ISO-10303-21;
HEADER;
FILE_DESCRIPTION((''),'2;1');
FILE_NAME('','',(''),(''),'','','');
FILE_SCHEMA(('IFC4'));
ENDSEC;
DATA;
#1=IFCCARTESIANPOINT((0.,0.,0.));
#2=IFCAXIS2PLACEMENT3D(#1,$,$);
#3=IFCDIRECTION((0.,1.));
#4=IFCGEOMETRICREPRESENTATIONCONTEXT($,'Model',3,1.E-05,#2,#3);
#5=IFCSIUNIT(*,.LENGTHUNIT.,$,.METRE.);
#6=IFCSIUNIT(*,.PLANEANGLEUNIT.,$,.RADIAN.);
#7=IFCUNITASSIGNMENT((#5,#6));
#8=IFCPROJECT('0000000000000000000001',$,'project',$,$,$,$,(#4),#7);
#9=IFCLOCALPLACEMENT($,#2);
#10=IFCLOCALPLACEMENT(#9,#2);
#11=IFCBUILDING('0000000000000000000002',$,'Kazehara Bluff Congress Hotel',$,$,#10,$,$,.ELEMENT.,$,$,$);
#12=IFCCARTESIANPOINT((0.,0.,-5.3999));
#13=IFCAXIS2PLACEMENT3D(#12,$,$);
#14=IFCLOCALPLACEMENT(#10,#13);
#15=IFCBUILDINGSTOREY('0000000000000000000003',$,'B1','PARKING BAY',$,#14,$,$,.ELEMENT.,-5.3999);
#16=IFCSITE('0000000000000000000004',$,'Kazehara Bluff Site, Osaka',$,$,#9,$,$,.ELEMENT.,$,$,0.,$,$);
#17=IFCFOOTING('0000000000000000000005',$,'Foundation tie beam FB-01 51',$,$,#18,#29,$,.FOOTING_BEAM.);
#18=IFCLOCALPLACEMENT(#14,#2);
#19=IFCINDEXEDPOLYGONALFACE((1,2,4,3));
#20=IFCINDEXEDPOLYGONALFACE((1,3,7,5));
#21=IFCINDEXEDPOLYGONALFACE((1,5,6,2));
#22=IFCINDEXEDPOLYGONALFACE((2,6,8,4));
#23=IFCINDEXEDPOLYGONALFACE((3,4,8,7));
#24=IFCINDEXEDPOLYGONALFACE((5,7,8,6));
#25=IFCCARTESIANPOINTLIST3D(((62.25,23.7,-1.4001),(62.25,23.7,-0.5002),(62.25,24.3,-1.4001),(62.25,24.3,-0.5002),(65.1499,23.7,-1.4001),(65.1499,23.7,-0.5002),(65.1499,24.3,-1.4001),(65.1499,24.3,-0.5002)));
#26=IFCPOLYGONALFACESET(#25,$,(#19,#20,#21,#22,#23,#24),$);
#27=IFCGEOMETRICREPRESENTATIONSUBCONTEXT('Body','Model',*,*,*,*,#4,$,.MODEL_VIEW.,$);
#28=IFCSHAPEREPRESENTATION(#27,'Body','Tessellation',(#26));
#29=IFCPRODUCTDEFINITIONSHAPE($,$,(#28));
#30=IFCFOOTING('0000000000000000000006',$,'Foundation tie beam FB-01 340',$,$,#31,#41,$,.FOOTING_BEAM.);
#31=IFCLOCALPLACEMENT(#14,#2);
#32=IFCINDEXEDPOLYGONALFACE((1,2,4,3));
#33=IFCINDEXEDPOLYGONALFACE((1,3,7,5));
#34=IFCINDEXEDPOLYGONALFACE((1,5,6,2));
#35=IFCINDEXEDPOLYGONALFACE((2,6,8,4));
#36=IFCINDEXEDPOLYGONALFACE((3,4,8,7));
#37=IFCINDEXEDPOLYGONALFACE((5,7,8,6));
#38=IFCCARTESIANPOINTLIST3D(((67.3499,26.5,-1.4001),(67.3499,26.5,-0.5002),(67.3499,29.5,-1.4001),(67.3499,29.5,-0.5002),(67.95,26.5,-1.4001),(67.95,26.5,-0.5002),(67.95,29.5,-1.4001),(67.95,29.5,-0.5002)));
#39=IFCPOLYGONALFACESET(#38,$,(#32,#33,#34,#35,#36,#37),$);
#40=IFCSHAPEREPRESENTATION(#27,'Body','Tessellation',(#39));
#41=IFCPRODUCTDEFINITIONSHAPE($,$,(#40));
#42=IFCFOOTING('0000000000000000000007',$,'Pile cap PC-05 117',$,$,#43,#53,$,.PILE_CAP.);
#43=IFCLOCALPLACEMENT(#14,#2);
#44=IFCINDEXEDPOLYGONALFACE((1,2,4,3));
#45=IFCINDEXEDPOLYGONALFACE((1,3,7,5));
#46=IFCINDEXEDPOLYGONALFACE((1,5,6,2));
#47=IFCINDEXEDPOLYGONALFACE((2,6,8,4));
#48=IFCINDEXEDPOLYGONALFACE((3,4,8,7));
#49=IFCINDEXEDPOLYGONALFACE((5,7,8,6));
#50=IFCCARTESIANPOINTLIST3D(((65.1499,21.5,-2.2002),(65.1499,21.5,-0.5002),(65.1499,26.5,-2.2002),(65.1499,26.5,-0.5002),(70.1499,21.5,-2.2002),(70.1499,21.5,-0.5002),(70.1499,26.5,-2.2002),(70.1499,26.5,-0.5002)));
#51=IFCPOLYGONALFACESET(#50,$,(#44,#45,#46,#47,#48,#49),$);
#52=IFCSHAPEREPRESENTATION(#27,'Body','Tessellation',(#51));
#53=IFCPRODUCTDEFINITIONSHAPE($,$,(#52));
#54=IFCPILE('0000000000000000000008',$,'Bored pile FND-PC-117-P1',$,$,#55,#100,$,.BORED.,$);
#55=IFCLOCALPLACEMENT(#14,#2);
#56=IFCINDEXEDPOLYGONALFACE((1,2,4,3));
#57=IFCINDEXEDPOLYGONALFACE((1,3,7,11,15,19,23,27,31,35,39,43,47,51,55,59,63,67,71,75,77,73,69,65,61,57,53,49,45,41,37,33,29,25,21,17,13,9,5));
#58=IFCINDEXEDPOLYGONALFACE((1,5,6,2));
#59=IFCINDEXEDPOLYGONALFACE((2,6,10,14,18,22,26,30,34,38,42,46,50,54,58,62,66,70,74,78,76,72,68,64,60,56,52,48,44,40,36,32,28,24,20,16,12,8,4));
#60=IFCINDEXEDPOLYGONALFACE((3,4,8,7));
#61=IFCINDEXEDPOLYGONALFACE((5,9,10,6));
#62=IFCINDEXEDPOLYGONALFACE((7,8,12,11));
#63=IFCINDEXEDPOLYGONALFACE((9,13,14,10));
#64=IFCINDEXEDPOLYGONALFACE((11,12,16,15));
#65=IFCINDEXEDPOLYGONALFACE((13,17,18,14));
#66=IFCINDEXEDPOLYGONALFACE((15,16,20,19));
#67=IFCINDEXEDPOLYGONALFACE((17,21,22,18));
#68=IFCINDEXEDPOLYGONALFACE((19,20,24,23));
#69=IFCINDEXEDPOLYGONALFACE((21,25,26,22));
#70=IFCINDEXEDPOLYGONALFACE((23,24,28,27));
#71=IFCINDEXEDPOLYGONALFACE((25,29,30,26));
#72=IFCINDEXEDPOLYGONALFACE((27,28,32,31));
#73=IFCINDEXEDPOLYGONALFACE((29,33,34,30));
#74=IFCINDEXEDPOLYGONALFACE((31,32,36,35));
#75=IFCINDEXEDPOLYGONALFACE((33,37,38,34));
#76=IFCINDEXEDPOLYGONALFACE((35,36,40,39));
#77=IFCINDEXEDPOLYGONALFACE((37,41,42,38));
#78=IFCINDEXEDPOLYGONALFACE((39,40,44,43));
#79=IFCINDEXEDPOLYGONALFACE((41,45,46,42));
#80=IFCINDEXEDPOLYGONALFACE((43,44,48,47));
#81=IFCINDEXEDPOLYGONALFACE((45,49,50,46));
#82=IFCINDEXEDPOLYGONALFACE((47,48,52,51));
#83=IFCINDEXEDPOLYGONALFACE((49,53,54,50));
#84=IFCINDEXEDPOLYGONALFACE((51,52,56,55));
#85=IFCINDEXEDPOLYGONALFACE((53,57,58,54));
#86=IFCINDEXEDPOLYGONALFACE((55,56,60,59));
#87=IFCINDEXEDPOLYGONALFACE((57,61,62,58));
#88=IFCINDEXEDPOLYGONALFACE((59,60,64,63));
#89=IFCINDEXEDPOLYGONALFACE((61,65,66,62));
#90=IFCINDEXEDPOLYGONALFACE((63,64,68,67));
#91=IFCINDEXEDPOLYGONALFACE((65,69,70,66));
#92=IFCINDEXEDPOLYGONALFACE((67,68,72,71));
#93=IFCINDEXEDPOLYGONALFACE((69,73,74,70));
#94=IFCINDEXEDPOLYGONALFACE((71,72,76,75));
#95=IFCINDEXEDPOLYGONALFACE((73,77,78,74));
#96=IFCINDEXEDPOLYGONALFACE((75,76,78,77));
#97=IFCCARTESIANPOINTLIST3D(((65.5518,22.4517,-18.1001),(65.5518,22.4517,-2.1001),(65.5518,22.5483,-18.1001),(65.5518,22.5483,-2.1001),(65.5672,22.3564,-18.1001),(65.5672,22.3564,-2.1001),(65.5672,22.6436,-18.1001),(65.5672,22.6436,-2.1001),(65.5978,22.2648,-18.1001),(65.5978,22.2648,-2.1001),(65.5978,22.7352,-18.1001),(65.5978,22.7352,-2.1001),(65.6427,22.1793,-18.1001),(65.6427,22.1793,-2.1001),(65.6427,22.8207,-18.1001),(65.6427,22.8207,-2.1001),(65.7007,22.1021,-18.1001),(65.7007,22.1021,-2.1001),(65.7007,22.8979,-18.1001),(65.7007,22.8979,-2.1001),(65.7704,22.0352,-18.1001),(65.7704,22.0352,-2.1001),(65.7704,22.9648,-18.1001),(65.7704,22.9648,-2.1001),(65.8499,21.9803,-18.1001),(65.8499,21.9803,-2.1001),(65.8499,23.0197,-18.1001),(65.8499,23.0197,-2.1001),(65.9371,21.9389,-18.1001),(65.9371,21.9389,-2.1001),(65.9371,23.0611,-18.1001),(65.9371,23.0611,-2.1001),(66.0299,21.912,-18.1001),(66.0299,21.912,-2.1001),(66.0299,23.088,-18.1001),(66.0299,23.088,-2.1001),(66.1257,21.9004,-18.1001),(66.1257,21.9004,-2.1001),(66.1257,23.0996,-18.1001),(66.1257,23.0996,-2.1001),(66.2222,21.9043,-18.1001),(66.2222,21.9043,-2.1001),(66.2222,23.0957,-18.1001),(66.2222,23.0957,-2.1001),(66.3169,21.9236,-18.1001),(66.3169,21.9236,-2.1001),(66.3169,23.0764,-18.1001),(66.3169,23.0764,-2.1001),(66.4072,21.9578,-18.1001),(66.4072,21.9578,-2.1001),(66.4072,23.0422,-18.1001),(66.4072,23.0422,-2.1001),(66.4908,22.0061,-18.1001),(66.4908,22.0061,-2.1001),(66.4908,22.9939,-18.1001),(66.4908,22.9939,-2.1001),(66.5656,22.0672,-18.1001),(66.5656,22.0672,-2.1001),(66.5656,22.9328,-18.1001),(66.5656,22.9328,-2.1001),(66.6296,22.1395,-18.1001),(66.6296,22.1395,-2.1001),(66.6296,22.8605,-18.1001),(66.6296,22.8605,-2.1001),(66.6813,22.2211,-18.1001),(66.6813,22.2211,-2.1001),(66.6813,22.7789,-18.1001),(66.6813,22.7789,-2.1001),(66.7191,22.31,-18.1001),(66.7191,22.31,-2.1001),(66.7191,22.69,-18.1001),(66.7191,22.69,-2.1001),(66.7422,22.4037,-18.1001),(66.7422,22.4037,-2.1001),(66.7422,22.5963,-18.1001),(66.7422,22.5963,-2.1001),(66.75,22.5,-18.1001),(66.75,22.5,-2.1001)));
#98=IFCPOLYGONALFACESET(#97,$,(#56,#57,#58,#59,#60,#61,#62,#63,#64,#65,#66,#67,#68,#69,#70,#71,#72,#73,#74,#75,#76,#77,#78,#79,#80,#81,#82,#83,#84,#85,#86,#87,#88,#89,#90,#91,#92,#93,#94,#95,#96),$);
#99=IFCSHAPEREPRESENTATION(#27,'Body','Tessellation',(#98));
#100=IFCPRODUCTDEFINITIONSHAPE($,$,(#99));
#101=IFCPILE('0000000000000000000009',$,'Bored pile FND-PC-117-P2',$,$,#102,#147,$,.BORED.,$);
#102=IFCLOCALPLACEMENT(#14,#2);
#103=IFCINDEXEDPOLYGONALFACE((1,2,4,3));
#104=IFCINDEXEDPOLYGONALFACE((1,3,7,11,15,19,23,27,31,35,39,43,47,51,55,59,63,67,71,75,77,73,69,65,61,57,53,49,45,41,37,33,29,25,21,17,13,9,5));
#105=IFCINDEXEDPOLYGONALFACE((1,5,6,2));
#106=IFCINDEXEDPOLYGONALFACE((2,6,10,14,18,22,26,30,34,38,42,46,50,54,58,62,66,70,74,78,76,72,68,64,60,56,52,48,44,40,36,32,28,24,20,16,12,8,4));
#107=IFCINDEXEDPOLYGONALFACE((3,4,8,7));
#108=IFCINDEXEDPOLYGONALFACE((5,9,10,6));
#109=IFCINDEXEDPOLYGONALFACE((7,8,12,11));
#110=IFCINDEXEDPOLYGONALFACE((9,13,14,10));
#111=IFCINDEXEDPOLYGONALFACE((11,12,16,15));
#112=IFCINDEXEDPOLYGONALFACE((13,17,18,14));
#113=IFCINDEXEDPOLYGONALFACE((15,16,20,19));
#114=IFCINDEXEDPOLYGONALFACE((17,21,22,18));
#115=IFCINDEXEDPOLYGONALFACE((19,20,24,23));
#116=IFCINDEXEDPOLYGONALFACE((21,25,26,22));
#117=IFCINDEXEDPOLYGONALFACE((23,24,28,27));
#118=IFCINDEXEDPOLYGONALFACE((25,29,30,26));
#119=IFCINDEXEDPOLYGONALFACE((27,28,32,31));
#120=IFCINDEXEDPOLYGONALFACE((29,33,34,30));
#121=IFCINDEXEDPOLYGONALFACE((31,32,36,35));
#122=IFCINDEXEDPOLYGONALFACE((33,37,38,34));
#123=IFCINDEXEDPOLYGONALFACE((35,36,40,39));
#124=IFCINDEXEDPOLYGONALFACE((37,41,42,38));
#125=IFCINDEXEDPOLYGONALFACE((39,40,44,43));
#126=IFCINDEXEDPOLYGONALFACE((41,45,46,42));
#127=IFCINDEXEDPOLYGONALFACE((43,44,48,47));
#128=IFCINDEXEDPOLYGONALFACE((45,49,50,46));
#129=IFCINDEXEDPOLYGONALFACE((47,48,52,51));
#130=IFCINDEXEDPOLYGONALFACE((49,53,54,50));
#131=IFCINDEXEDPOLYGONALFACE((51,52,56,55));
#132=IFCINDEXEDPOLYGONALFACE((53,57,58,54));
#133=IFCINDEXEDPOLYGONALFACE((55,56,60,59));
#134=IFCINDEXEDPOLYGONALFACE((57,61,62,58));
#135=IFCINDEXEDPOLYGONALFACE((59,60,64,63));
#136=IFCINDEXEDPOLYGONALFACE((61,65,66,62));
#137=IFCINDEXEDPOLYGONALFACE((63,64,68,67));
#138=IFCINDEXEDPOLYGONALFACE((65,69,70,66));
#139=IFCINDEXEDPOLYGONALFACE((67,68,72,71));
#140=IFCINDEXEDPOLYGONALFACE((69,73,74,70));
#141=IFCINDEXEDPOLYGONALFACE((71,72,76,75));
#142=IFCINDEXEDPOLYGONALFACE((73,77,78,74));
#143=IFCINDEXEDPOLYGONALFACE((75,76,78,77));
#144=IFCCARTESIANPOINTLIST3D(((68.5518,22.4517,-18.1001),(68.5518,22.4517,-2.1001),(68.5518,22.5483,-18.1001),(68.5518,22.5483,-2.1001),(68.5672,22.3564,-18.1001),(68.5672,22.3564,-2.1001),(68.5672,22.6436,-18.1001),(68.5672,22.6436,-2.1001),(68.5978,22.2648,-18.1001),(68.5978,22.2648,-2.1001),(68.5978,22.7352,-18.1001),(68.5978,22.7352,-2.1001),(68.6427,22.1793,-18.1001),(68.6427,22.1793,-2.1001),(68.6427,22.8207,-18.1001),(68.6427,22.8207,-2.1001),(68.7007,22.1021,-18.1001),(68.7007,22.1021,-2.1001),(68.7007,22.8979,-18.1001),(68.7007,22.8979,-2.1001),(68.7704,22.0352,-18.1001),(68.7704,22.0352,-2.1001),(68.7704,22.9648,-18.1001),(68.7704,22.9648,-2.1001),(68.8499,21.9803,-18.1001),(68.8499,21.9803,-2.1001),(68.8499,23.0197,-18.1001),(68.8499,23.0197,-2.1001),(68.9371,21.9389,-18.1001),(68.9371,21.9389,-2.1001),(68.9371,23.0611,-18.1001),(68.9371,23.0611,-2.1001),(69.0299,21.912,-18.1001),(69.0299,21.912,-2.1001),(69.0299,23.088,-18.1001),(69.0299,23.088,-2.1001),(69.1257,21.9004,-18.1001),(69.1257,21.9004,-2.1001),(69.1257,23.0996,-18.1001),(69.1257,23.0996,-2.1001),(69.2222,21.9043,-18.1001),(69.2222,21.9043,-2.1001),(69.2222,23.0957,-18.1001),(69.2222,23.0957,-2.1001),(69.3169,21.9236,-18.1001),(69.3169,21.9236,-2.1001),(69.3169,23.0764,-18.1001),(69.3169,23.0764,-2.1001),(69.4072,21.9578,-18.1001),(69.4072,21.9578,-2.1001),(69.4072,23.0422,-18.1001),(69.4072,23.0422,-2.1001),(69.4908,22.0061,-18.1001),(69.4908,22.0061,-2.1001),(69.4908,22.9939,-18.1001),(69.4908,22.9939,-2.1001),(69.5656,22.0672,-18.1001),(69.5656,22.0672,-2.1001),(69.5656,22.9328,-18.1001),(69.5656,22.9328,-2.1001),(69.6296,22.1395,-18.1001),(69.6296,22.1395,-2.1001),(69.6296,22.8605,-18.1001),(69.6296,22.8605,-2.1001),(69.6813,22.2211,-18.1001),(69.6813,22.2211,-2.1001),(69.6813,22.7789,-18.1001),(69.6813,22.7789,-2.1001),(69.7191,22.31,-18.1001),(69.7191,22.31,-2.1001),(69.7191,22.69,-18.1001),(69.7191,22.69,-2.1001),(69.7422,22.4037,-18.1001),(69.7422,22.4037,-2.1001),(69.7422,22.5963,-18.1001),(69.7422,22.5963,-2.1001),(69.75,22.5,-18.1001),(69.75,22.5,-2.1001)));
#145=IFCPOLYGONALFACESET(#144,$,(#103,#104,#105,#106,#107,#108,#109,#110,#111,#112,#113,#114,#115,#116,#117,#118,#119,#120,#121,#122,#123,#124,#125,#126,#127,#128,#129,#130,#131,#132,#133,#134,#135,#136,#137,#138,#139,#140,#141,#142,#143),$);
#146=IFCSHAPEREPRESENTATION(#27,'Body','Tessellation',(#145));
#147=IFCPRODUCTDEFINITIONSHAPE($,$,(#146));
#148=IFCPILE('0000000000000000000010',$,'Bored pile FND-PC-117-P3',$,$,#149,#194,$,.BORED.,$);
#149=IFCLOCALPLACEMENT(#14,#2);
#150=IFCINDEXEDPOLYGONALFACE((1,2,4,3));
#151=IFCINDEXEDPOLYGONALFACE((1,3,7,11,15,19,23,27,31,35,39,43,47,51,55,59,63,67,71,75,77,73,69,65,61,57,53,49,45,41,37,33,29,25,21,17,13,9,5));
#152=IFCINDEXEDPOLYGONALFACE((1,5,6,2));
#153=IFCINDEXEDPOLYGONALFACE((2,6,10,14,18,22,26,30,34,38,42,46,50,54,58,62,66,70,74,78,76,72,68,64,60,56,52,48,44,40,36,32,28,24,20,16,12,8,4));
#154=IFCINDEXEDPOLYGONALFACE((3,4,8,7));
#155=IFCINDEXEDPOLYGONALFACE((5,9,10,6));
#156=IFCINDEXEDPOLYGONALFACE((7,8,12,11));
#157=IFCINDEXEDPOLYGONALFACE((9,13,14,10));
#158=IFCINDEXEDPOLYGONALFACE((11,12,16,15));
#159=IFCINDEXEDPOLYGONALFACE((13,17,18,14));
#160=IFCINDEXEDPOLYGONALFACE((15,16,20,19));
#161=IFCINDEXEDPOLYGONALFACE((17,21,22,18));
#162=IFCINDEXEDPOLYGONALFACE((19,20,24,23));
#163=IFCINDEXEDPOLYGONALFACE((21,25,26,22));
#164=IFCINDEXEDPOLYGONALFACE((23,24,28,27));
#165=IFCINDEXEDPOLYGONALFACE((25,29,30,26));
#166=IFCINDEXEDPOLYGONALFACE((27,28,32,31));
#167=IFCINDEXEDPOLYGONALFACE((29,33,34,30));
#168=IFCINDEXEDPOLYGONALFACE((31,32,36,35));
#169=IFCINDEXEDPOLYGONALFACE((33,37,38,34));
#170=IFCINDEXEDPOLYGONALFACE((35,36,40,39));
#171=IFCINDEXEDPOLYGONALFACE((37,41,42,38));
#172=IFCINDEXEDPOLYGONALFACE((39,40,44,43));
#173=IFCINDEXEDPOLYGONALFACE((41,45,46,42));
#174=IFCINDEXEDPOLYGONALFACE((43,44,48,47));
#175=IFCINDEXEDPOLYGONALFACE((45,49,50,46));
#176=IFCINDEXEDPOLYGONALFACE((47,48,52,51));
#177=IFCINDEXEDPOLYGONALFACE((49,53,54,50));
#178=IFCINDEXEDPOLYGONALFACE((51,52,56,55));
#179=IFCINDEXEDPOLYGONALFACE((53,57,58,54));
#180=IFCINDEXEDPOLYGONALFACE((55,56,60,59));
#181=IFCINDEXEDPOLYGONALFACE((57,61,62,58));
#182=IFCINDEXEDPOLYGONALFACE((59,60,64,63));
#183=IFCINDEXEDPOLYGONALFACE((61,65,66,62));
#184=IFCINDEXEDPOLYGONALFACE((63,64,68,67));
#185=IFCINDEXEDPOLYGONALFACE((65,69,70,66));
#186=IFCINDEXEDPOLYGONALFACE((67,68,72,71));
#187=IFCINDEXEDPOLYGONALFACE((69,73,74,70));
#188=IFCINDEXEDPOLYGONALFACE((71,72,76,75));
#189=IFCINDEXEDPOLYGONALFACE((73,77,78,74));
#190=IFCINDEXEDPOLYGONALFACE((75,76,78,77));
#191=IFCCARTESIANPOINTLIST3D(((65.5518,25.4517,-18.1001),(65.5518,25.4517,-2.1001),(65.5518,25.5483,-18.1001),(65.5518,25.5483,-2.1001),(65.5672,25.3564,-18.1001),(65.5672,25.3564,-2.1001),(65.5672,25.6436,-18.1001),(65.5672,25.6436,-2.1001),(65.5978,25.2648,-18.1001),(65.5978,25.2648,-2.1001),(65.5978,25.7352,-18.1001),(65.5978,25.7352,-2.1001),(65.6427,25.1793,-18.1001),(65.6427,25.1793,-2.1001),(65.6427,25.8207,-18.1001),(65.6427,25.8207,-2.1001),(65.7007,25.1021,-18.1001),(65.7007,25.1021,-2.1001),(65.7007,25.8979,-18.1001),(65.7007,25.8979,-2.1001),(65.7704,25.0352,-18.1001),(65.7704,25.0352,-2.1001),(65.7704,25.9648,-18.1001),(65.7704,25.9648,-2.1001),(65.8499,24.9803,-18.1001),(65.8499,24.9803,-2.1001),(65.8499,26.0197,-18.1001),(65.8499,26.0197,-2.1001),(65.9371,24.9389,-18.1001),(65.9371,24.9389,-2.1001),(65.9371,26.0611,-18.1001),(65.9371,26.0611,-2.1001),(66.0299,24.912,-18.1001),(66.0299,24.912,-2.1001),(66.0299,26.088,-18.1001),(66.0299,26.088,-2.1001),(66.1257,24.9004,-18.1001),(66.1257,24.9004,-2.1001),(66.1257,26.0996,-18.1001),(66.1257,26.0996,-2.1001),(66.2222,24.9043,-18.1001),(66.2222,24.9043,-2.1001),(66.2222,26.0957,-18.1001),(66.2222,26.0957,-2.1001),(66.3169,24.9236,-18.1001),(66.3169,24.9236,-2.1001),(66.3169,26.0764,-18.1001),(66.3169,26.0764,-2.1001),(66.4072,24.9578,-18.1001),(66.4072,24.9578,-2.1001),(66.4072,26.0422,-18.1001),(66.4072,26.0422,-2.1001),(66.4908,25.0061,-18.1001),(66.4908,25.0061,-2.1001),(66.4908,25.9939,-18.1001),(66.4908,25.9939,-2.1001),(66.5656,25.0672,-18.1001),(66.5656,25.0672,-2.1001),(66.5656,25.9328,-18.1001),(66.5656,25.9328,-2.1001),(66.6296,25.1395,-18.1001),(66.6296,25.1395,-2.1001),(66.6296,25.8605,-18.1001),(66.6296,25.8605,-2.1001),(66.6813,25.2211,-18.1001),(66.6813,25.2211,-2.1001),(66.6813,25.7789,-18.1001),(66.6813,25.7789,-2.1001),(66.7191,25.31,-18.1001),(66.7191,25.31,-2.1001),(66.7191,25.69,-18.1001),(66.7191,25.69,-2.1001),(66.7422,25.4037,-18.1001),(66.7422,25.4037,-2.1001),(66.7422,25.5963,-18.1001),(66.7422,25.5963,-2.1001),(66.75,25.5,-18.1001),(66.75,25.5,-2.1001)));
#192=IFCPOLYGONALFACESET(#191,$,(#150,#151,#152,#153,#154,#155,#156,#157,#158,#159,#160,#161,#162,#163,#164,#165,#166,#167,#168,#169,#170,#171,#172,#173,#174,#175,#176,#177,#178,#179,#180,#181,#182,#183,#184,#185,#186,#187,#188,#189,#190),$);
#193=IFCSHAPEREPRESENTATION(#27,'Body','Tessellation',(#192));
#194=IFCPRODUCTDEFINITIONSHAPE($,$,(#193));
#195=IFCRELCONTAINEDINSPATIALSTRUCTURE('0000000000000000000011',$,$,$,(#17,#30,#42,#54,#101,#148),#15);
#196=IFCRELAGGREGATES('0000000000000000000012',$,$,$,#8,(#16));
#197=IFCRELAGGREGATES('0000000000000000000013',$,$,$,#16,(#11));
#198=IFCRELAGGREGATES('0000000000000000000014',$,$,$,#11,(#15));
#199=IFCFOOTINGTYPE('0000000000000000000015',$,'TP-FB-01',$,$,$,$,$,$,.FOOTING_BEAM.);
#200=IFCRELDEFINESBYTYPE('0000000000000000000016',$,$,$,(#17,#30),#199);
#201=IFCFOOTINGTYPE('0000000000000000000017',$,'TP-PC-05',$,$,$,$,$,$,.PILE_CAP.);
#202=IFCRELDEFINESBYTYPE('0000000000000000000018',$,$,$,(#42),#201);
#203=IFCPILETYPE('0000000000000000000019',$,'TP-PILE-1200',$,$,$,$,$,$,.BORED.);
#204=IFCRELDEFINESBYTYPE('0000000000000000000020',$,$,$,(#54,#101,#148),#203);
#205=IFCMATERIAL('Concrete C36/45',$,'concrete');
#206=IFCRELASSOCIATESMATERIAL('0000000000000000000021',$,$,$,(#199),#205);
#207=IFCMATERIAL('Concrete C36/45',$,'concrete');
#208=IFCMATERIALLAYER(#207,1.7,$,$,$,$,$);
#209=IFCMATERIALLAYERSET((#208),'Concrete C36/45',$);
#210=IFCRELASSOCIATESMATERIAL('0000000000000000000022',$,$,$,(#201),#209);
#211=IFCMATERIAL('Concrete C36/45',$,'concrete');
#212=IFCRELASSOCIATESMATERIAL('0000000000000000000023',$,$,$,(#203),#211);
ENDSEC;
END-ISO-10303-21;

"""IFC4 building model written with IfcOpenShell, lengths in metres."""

from ifc_helpers import new_model, si_unit, direction, frame, origin, origin_2d, place, context, subcontext, project, spatial, rectangle, circle, extrude, material, layer, layer_set, material_profile, profile_set, type_object, element, save


model = new_model("IFC4")

# Units and contexts
model_context = context("Model", 3, precision=1e-05, world=origin(), true_north=direction((0.0, 1.0)))
body_context = subcontext(model_context, "Body", "Model", "MODEL_VIEW")
ifc_project = project(units=[si_unit("LENGTHUNIT", "METRE"), si_unit("PLANEANGLEUNIT", "RADIAN")], contexts=[model_context])

# Site, building, storey
site_placement = place(None, origin())
site = spatial("IfcSite", under=ifc_project, at=site_placement, Name="Kazehara Bluff Site, Osaka", CompositionType="ELEMENT", RefElevation=0.0)
building_placement = place(site_placement, origin())
building = spatial("IfcBuilding", under=site, at=building_placement, Name="Kazehara Bluff Congress Hotel", CompositionType="ELEMENT")
storey_placement = place(building_placement, frame((0.0, 0.0, -5.3999)))
storey = spatial("IfcBuildingStorey", under=building, at=storey_placement, Name="B1", Description="PARKING BAY", CompositionType="ELEMENT", Elevation=-5.3999)

# Footings
ifc_material_1 = material(Name="Concrete C36/45", Category="concrete")
ifc_material_profile_1 = material_profile(ifc_material_1, rectangle(XDim=0.6001, YDim=0.8999, at=origin_2d()))
ifc_profile_set_1 = profile_set([ifc_material_profile_1], Name="Concrete C36/45")
footing_type_1 = type_object("IfcFootingType", Name="TP-FB-01", PredefinedType="FOOTING_BEAM", material=ifc_profile_set_1)
footing_1_placement = place(storey_placement, frame((62.25, 24.0, -0.9502), z_axis=(1.0, 0.0, 0.0), x_axis=(0.0, 1.0, 0.0)))
element("IfcFooting", 1, at=footing_1_placement, inside=storey, type_object=footing_type_1, Name="Foundation tie beam FB-01 51", PredefinedType="FOOTING_BEAM", context=body_context, shape_type="SweptSolid", body=[
    extrude(rectangle(XDim=0.6001, YDim=0.8999, at=origin_2d()), origin(), (0.0, 0.0, 1.0), 2.8999),
])
footing_2_placement = place(storey_placement, frame((67.6499, 26.5, -0.9502), z_axis=(0.0, 1.0, 0.0), x_axis=(-1.0, 0.0, 0.0)))
element("IfcFooting", 2, at=footing_2_placement, inside=storey, type_object=footing_type_1, Name="Foundation tie beam FB-01 340", PredefinedType="FOOTING_BEAM", context=body_context, shape_type="SweptSolid", body=[
    extrude(rectangle(XDim=0.6001, YDim=0.8999, at=origin_2d()), origin(), (0.0, 0.0, 1.0), 3.0),
])
ifc_material_2 = material(Name="Concrete C36/45", Category="concrete")
ifc_layer_1 = layer(ifc_material_2, 1.7)
ifc_layer_set_1 = layer_set([ifc_layer_1], Name="Concrete C36/45")
footing_type_2 = type_object("IfcFootingType", Name="TP-PC-05", PredefinedType="PILE_CAP", material=ifc_layer_set_1)
footing_3_placement = place(storey_placement, frame((67.6499, 24.0, -2.2002), z_axis=(0.0, 0.0, 1.0), x_axis=(1.0, 0.0, 0.0)))
element("IfcFooting", 3, at=footing_3_placement, inside=storey, type_object=footing_type_2, Name="Pile cap PC-05 117", PredefinedType="PILE_CAP", context=body_context, shape_type="SweptSolid", body=[
    extrude(rectangle(XDim=5.0, YDim=5.0, at=origin_2d()), origin(), (0.0, 0.0, 1.0), 1.7),
])

# Piles
ifc_material_3 = material(Name="Concrete C36/45", Category="concrete")
ifc_material_profile_2 = material_profile(ifc_material_3, circle(Radius=0.6001, at=origin_2d()))
ifc_profile_set_2 = profile_set([ifc_material_profile_2], Name="Concrete C36/45")
pile_type_1 = type_object("IfcPileType", Name="TP-PILE-1200", PredefinedType="BORED", material=ifc_profile_set_2)
for number, where, z_axis, x_axis, name in (
    (4, (66.1499, 22.5, -2.1001), (0.0, 0.0, -1.0), (1.0, 0.0, 0.0), "Bored pile FND-PC-117-P1"),
    (5, (69.1499, 22.5, -2.1001), (0.0, 0.0, -1.0), (1.0, 0.0, 0.0), "Bored pile FND-PC-117-P2"),
    (6, (66.1499, 25.5, -2.1001), (0.0, 0.0, -1.0), (1.0, 0.0, 0.0), "Bored pile FND-PC-117-P3"),
):
    element("IfcPile", number, at=place(storey_placement, frame(where, z_axis=z_axis, x_axis=x_axis)), inside=storey, type_object=pile_type_1, Name=name, PredefinedType="BORED", context=body_context, shape_type="SweptSolid", body=[
        extrude(circle(Radius=0.6001, at=origin_2d()), origin(), (0.0, 0.0, 1.0), 16.0),
    ])

save(model, "model.ifc")
